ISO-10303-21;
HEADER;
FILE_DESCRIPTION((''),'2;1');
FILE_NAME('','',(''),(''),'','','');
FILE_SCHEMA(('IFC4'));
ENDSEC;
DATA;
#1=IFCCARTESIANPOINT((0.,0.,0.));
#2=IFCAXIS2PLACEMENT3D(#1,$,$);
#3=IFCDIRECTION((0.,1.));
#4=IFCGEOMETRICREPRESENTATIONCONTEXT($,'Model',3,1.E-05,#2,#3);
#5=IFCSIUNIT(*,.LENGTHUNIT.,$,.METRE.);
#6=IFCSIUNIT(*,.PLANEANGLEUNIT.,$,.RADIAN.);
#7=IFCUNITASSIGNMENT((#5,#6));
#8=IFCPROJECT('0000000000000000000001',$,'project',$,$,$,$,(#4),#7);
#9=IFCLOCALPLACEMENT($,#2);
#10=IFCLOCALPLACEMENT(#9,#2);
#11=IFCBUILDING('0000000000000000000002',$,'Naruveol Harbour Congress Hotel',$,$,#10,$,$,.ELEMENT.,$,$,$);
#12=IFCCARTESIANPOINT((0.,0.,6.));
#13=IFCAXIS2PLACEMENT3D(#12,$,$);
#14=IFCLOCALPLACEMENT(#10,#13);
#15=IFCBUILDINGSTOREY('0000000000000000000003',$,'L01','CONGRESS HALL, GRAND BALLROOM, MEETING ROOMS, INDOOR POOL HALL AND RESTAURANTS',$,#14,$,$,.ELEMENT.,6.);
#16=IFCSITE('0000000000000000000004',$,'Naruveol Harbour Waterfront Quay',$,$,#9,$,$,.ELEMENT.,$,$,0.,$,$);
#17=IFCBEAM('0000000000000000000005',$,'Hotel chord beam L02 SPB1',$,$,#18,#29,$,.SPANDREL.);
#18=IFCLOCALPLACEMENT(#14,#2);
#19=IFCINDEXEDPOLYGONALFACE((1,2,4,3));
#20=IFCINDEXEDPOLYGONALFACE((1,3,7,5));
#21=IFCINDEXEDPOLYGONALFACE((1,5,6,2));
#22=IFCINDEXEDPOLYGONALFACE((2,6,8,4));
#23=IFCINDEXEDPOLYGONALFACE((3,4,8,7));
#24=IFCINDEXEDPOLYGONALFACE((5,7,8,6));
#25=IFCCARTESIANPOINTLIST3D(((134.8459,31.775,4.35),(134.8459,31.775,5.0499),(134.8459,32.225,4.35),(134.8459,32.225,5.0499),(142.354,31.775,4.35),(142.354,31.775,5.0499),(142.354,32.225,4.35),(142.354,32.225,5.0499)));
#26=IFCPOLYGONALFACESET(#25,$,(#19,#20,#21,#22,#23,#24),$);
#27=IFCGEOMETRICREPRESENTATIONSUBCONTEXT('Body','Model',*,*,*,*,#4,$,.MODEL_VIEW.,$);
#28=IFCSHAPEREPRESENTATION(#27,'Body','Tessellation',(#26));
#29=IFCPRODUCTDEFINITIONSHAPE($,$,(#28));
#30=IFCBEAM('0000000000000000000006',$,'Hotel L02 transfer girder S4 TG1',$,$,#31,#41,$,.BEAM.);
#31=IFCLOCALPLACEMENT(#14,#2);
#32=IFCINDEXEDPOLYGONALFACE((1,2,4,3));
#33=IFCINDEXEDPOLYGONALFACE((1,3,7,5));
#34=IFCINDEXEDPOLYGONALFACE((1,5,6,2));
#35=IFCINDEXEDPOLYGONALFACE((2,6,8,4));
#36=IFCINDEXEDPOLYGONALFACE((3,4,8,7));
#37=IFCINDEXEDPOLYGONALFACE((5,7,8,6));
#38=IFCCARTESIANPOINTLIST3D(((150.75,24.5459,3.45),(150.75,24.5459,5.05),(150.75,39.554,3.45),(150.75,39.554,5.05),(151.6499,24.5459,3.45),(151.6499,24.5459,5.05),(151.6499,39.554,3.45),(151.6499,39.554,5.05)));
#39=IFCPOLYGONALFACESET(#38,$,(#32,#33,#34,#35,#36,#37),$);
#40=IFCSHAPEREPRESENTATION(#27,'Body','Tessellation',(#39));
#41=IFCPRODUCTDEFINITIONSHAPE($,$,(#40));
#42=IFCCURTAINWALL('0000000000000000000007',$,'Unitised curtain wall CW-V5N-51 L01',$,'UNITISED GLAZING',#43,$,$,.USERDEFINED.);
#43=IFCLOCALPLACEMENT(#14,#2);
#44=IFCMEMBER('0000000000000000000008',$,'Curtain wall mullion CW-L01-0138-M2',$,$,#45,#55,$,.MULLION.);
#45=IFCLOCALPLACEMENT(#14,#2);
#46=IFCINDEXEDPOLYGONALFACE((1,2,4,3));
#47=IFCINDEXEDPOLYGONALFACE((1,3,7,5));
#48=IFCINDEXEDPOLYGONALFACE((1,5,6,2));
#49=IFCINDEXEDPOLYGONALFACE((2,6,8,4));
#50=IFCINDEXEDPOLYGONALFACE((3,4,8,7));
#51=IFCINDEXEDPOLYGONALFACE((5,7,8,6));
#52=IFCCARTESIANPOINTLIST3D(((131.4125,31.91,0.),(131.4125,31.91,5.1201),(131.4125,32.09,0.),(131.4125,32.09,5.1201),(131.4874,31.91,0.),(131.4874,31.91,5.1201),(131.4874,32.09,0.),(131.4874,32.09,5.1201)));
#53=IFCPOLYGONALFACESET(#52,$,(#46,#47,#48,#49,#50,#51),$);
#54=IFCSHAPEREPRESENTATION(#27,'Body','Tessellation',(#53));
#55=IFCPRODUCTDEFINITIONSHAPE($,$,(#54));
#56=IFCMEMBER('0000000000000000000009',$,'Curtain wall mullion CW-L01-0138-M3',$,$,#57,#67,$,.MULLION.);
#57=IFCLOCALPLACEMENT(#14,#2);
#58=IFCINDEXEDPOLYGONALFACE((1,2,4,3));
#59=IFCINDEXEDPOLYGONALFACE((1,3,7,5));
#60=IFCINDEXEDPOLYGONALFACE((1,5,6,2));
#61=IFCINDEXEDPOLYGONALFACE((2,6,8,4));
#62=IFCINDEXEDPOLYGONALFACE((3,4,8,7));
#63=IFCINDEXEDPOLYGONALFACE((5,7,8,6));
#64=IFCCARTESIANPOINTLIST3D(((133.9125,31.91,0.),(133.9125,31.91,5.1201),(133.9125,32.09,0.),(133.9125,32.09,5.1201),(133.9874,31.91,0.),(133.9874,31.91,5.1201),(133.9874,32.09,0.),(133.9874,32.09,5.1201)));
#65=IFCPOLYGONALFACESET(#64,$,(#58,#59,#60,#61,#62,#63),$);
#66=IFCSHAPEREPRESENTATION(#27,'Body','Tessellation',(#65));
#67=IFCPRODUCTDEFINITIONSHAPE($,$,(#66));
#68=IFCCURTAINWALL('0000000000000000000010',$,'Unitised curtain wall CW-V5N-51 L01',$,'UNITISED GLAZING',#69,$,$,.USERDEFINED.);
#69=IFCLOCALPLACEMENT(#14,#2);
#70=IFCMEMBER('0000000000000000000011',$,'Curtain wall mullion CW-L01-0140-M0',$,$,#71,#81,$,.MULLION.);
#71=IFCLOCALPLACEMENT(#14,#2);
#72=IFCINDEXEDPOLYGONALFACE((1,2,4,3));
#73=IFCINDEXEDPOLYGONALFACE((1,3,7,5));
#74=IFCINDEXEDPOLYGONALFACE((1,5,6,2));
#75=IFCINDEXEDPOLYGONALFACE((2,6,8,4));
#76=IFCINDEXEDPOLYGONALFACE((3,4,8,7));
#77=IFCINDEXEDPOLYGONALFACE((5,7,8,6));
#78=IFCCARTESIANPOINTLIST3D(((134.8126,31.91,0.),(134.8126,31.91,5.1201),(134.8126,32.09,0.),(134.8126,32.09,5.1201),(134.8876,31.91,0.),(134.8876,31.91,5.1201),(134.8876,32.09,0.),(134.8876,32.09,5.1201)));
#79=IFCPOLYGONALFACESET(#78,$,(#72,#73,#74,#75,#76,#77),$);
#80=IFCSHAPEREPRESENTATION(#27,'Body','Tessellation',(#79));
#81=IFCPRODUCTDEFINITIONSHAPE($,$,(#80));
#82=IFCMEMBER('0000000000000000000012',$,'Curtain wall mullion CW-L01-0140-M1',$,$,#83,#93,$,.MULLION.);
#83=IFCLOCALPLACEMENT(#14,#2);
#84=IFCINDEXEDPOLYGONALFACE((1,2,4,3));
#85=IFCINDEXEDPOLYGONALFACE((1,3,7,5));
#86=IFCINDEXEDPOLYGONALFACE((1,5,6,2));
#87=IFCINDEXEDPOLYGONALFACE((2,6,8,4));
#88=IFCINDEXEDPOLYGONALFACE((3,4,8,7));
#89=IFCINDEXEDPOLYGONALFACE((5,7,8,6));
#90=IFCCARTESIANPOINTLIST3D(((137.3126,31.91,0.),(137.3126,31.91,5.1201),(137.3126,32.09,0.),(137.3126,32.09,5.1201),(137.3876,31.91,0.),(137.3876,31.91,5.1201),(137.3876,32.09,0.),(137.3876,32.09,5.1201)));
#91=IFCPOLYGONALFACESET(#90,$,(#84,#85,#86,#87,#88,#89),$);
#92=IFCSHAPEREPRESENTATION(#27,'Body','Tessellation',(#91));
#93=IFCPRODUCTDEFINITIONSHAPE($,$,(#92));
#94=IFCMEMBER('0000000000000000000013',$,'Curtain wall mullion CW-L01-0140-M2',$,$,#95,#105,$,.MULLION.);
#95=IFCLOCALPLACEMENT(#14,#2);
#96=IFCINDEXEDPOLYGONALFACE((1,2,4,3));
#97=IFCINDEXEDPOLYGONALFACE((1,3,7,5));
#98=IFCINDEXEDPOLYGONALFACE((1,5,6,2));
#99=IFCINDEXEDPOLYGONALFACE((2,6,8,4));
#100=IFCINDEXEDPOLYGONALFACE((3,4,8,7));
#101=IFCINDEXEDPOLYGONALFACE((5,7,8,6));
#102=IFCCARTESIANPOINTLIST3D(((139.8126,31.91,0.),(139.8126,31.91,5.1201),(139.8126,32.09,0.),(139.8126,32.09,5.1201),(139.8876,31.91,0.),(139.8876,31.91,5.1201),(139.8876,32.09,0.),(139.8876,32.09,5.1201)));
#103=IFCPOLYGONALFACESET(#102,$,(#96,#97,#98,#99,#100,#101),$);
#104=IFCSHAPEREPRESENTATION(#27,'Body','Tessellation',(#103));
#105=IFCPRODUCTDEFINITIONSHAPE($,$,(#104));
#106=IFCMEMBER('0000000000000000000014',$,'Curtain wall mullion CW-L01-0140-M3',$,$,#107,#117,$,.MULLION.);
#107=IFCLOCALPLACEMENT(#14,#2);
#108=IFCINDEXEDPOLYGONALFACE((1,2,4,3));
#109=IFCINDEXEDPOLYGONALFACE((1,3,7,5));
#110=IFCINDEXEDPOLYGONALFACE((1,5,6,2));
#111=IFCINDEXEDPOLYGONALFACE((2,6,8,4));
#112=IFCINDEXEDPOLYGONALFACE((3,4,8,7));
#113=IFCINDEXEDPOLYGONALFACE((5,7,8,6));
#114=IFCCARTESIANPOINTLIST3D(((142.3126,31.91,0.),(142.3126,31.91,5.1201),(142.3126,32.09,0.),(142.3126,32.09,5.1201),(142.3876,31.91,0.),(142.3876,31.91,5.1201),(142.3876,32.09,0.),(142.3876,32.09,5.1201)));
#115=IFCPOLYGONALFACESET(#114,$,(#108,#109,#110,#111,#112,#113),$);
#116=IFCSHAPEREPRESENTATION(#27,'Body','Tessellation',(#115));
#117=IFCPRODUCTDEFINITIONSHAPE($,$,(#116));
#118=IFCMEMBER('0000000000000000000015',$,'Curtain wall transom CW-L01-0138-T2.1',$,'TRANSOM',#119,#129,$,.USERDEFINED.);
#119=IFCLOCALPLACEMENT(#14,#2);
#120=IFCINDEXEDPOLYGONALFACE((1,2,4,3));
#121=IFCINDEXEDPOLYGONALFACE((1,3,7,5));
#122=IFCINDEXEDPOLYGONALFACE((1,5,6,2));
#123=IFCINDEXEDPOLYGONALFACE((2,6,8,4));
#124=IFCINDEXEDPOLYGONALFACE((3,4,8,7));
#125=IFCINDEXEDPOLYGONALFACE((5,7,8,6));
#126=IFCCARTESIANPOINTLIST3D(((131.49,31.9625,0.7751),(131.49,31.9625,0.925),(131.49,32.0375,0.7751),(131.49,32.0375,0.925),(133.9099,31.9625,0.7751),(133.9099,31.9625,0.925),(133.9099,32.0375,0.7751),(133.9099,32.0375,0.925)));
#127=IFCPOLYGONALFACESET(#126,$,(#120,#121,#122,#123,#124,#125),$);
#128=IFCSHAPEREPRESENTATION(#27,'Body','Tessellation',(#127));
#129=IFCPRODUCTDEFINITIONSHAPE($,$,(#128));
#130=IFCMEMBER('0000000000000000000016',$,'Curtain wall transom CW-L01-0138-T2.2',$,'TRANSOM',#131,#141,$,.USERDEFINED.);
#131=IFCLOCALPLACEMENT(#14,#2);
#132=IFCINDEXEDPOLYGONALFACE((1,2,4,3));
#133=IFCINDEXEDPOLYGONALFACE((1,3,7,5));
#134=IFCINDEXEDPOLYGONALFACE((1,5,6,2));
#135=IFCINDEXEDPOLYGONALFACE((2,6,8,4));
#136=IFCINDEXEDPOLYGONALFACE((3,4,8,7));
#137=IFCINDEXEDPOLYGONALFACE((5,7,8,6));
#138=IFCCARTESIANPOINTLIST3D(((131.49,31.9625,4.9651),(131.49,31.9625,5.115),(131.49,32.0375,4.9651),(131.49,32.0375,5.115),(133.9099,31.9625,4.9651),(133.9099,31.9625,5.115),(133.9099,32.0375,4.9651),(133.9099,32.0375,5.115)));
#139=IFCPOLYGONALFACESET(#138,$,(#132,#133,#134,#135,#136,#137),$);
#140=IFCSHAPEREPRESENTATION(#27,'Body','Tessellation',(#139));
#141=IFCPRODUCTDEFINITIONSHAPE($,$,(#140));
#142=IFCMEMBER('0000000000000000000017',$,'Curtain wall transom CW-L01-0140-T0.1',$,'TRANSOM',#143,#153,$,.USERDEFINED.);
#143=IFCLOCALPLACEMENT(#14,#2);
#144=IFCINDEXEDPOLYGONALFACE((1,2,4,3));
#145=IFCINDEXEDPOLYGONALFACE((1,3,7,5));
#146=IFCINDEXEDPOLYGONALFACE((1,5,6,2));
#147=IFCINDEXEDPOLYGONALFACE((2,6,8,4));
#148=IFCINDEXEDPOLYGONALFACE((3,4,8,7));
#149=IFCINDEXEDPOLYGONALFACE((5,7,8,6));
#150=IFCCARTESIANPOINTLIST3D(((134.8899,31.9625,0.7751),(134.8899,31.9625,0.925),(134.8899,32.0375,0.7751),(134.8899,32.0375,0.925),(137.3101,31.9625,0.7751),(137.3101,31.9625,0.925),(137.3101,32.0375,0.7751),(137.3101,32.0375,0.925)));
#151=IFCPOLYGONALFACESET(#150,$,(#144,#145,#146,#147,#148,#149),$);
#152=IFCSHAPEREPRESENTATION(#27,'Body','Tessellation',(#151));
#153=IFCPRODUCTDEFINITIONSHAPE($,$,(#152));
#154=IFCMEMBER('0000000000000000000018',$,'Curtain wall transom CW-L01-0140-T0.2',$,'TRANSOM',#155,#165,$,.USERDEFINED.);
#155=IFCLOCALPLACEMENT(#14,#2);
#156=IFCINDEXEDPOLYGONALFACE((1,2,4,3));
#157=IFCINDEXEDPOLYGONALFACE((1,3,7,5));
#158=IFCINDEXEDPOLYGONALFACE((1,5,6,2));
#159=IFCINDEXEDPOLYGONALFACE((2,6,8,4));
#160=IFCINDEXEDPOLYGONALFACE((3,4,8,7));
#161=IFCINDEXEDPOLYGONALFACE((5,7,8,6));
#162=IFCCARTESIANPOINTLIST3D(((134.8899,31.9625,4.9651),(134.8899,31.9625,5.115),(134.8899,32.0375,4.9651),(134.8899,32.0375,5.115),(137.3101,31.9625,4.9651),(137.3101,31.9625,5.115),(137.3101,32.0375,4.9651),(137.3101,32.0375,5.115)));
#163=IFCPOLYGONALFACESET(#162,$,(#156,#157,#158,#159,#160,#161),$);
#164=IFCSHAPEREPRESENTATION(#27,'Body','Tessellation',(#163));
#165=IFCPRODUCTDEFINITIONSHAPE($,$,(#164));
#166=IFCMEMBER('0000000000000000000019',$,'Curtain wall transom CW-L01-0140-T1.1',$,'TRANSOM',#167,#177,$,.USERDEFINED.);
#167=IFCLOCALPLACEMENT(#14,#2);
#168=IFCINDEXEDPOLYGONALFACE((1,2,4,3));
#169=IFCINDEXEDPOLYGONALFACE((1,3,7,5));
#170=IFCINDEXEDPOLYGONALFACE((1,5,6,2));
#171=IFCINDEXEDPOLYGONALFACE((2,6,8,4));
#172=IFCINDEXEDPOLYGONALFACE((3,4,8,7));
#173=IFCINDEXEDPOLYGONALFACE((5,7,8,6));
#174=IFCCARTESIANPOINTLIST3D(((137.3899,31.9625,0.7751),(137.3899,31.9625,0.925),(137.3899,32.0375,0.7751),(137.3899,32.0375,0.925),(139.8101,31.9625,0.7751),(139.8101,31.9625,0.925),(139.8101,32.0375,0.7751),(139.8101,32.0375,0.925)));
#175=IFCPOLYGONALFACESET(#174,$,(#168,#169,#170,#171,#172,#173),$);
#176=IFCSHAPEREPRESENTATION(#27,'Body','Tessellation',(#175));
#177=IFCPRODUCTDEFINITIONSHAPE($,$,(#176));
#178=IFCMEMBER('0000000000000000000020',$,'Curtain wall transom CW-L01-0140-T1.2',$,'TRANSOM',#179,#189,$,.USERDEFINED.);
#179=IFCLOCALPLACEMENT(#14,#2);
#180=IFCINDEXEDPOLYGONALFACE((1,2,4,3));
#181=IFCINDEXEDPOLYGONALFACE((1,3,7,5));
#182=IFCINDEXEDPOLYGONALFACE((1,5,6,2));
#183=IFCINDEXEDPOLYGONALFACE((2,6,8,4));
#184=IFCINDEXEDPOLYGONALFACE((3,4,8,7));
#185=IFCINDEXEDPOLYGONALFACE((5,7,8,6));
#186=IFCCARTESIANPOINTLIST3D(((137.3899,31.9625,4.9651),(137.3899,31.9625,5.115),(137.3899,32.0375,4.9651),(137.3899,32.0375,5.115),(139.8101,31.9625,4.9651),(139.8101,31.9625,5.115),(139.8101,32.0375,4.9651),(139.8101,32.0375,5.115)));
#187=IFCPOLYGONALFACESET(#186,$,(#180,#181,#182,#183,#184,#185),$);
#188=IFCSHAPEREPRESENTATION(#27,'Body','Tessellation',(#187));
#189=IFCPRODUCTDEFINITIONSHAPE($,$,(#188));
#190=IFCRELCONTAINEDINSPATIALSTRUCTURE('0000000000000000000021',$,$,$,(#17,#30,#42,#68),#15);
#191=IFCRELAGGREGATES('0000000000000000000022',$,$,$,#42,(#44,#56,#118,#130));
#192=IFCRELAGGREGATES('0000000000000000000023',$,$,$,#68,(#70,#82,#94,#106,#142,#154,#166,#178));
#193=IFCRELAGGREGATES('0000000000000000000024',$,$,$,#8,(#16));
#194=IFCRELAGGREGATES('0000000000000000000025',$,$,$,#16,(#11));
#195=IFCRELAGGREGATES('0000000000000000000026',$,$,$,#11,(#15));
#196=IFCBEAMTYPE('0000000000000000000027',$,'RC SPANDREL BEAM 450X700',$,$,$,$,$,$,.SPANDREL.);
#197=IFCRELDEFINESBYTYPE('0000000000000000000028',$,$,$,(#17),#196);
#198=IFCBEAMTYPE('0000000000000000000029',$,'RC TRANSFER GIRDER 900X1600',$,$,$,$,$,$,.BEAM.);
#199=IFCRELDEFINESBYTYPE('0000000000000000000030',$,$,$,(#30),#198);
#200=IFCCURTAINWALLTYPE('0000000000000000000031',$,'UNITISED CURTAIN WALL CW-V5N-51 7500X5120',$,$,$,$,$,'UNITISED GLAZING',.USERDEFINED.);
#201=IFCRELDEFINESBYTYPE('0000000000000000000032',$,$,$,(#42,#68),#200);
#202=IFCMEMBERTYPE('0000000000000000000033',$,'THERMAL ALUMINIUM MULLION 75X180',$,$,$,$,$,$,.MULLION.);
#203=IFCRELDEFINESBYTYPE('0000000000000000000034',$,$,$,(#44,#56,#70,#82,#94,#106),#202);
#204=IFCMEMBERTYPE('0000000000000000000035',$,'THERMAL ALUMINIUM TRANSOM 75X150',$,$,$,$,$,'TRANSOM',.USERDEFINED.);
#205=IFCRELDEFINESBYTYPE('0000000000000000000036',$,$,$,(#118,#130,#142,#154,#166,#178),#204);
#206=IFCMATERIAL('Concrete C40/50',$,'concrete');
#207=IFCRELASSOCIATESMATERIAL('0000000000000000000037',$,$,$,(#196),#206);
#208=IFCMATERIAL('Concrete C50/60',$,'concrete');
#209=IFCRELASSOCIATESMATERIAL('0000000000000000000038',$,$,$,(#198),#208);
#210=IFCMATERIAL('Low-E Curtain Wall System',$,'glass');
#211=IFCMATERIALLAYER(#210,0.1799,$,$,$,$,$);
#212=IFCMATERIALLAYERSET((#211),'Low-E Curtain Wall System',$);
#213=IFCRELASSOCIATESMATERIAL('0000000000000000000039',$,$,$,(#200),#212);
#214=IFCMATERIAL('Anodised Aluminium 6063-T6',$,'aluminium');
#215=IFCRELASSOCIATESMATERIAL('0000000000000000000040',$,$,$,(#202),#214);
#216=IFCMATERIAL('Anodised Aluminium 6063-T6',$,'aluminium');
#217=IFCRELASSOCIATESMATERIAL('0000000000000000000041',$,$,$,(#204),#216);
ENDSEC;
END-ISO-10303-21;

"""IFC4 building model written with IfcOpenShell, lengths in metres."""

from ifc_helpers import new_model, si_unit, direction, frame, origin, origin_2d, place, context, subcontext, project, spatial, rectangle, extrude, material, layer, layer_set, material_profile, profile_set, type_object, element, aggregate, save


model = new_model("IFC4")

# Units and contexts
model_context = context("Model", 3, precision=1e-05, world=origin(), true_north=direction((0.0, 1.0)))
body_context = subcontext(model_context, "Body", "Model", "MODEL_VIEW")
ifc_project = project(units=[si_unit("LENGTHUNIT", "METRE"), si_unit("PLANEANGLEUNIT", "RADIAN")], contexts=[model_context])

# Site, building, storey
site_placement = place(None, origin())
site = spatial("IfcSite", under=ifc_project, at=site_placement, Name="Naruveol Harbour Waterfront Quay", CompositionType="ELEMENT", RefElevation=0.0)
building_placement = place(site_placement, origin())
building = spatial("IfcBuilding", under=site, at=building_placement, Name="Naruveol Harbour Congress Hotel", CompositionType="ELEMENT")
storey_placement = place(building_placement, frame((0.0, 0.0, 6.0)))
storey = spatial("IfcBuildingStorey", under=building, at=storey_placement, Name="L01", Description="CONGRESS HALL, GRAND BALLROOM, MEETING ROOMS, INDOOR POOL HALL AND RESTAURANTS", CompositionType="ELEMENT", Elevation=6.0)

# Beams
ifc_material_1 = material(Name="Concrete C40/50", Category="concrete")
ifc_material_profile_1 = material_profile(ifc_material_1, rectangle(XDim=0.45, YDim=0.7, at=origin_2d()), Name="RCB-450x700")
ifc_profile_set_1 = profile_set([ifc_material_profile_1], Name="Concrete C40/50")
beam_type_1 = type_object("IfcBeamType", Name="RC SPANDREL BEAM 450X700", PredefinedType="SPANDREL", material=ifc_profile_set_1)
beam_1_placement = place(storey_placement, frame((134.8459, 32.0, 4.7), z_axis=(1.0, 0.0, 0.0), x_axis=(0.0, 1.0, 0.0)))
element("IfcBeam", 1, at=beam_1_placement, inside=storey, type_object=beam_type_1, Name="Hotel chord beam L02 SPB1", PredefinedType="SPANDREL", context=body_context, shape_type="SweptSolid", body=[
    extrude(rectangle(XDim=0.45, YDim=0.7, at=origin_2d()), origin(), (0.0, 0.0, 1.0), 7.5081),
])
ifc_material_2 = material(Name="Concrete C50/60", Category="concrete")
ifc_material_profile_2 = material_profile(ifc_material_2, rectangle(XDim=0.8999, YDim=1.6001, at=origin_2d()), Name="RCB-900x1600")
ifc_profile_set_2 = profile_set([ifc_material_profile_2], Name="Concrete C50/60")
beam_type_2 = type_object("IfcBeamType", Name="RC TRANSFER GIRDER 900X1600", PredefinedType="BEAM", material=ifc_profile_set_2)
beam_2_placement = place(storey_placement, frame((151.2, 24.5459, 4.25), z_axis=(0.0, 1.0, 0.0), x_axis=(-1.0, 0.0, 0.0)))
element("IfcBeam", 2, at=beam_2_placement, inside=storey, type_object=beam_type_2, Name="Hotel L02 transfer girder S4 TG1", PredefinedType="BEAM", context=body_context, shape_type="SweptSolid", body=[
    extrude(rectangle(XDim=0.8999, YDim=1.6001, at=origin_2d()), origin(), (0.0, 0.0, 1.0), 15.0081),
])

# Curtain walls, members
ifc_material_3 = material(Name="Low-E Curtain Wall System", Category="glass")
ifc_layer_1 = layer(ifc_material_3, 0.1799)
ifc_layer_set_1 = layer_set([ifc_layer_1], Name="Low-E Curtain Wall System")
curtain_wall_type = type_object("IfcCurtainWallType", Name="UNITISED CURTAIN WALL CW-V5N-51 7500X5120", ElementType="UNITISED GLAZING", PredefinedType="USERDEFINED", material=ifc_layer_set_1)
curtain_wall_1_placement = place(storey_placement, origin())
curtain_wall_1 = element("IfcCurtainWall", 3, at=curtain_wall_1_placement, inside=storey, type_object=curtain_wall_type, Name="Unitised curtain wall CW-V5N-51 L01", ObjectType="UNITISED GLAZING", PredefinedType="USERDEFINED")
ifc_material_4 = material(Name="Anodised Aluminium 6063-T6", Category="aluminium")
ifc_material_profile_3 = material_profile(ifc_material_4, rectangle(XDim=0.075, YDim=0.1799, at=origin_2d()), Name="ALU-75x180")
ifc_profile_set_3 = profile_set([ifc_material_profile_3], Name="Anodised Aluminium 6063-T6")
member_type_1 = type_object("IfcMemberType", Name="THERMAL ALUMINIUM MULLION 75X180", PredefinedType="MULLION", material=ifc_profile_set_3)
member_1_placement = place(storey_placement, frame((131.45, 32.0, 0.0), z_axis=(0.0, 0.0, 1.0), x_axis=(1.0, 0.0, 0.0)))
member_1 = element("IfcMember", 4, at=member_1_placement, type_object=member_type_1, Name="Curtain wall mullion CW-L01-0138-M2", PredefinedType="MULLION", context=body_context, shape_type="SweptSolid", body=[
    extrude(rectangle(XDim=0.075, YDim=0.1799, at=origin_2d()), origin(), (0.0, 0.0, 1.0), 5.1201),
])
member_2_placement = place(storey_placement, frame((133.95, 32.0, 0.0), z_axis=(0.0, 0.0, 1.0), x_axis=(1.0, 0.0, 0.0)))
member_2 = element("IfcMember", 5, at=member_2_placement, type_object=member_type_1, Name="Curtain wall mullion CW-L01-0138-M3", PredefinedType="MULLION", context=body_context, shape_type="SweptSolid", body=[
    extrude(rectangle(XDim=0.075, YDim=0.1799, at=origin_2d()), origin(), (0.0, 0.0, 1.0), 5.1201),
])
curtain_wall_2_placement = place(storey_placement, origin())
curtain_wall_2 = element("IfcCurtainWall", 6, at=curtain_wall_2_placement, inside=storey, type_object=curtain_wall_type, Name="Unitised curtain wall CW-V5N-51 L01", ObjectType="UNITISED GLAZING", PredefinedType="USERDEFINED")
member_3_placement = place(storey_placement, frame((134.8501, 32.0, 0.0), z_axis=(0.0, 0.0, 1.0), x_axis=(1.0, 0.0, 0.0)))
member_3 = element("IfcMember", 7, at=member_3_placement, type_object=member_type_1, Name="Curtain wall mullion CW-L01-0140-M0", PredefinedType="MULLION", context=body_context, shape_type="SweptSolid", body=[
    extrude(rectangle(XDim=0.075, YDim=0.1799, at=origin_2d()), origin(), (0.0, 0.0, 1.0), 5.1201),
])
member_4_placement = place(storey_placement, frame((137.3501, 32.0, 0.0), z_axis=(0.0, 0.0, 1.0), x_axis=(1.0, 0.0, 0.0)))
member_4 = element("IfcMember", 8, at=member_4_placement, type_object=member_type_1, Name="Curtain wall mullion CW-L01-0140-M1", PredefinedType="MULLION", context=body_context, shape_type="SweptSolid", body=[
    extrude(rectangle(XDim=0.075, YDim=0.1799, at=origin_2d()), origin(), (0.0, 0.0, 1.0), 5.1201),
])
member_5_placement = place(storey_placement, frame((139.8501, 32.0, 0.0), z_axis=(0.0, 0.0, 1.0), x_axis=(1.0, 0.0, 0.0)))
member_5 = element("IfcMember", 9, at=member_5_placement, type_object=member_type_1, Name="Curtain wall mullion CW-L01-0140-M2", PredefinedType="MULLION", context=body_context, shape_type="SweptSolid", body=[
    extrude(rectangle(XDim=0.075, YDim=0.1799, at=origin_2d()), origin(), (0.0, 0.0, 1.0), 5.1201),
])
member_6_placement = place(storey_placement, frame((142.3501, 32.0, 0.0), z_axis=(0.0, 0.0, 1.0), x_axis=(1.0, 0.0, 0.0)))
member_6 = element("IfcMember", 10, at=member_6_placement, type_object=member_type_1, Name="Curtain wall mullion CW-L01-0140-M3", PredefinedType="MULLION", context=body_context, shape_type="SweptSolid", body=[
    extrude(rectangle(XDim=0.075, YDim=0.1799, at=origin_2d()), origin(), (0.0, 0.0, 1.0), 5.1201),
])

# Members
ifc_material_5 = material(Name="Anodised Aluminium 6063-T6", Category="aluminium")
ifc_material_profile_4 = material_profile(ifc_material_5, rectangle(XDim=0.075, YDim=0.1499, at=origin_2d()), Name="ALU-75x150")
ifc_profile_set_4 = profile_set([ifc_material_profile_4], Name="Anodised Aluminium 6063-T6")
member_type_2 = type_object("IfcMemberType", Name="THERMAL ALUMINIUM TRANSOM 75X150", ElementType="TRANSOM", PredefinedType="USERDEFINED", material=ifc_profile_set_4)
member_7_placement = place(storey_placement, frame((131.49, 32.0, 0.8501), z_axis=(1.0, 0.0, 0.0), x_axis=(0.0, 1.0, 0.0)))
member_7 = element("IfcMember", 11, at=member_7_placement, type_object=member_type_2, Name="Curtain wall transom CW-L01-0138-T2.1", ObjectType="TRANSOM", PredefinedType="USERDEFINED", context=body_context, shape_type="SweptSolid", body=[
    extrude(rectangle(XDim=0.075, YDim=0.1499, at=origin_2d()), origin(), (0.0, 0.0, 1.0), 2.4199),
])
member_8_placement = place(storey_placement, frame((131.49, 32.0, 5.04), z_axis=(1.0, 0.0, 0.0), x_axis=(0.0, 1.0, 0.0)))
member_8 = element("IfcMember", 12, at=member_8_placement, type_object=member_type_2, Name="Curtain wall transom CW-L01-0138-T2.2", ObjectType="TRANSOM", PredefinedType="USERDEFINED", context=body_context, shape_type="SweptSolid", body=[
    extrude(rectangle(XDim=0.075, YDim=0.1499, at=origin_2d()), origin(), (0.0, 0.0, 1.0), 2.4199),
])
aggregate(curtain_wall_1, [member_1, member_2, member_7, member_8])
member_9_placement = place(storey_placement, frame((134.8899, 32.0, 0.8501), z_axis=(1.0, 0.0, 0.0), x_axis=(0.0, 1.0, 0.0)))
member_9 = element("IfcMember", 13, at=member_9_placement, type_object=member_type_2, Name="Curtain wall transom CW-L01-0140-T0.1", ObjectType="TRANSOM", PredefinedType="USERDEFINED", context=body_context, shape_type="SweptSolid", body=[
    extrude(rectangle(XDim=0.075, YDim=0.1499, at=origin_2d()), origin(), (0.0, 0.0, 1.0), 2.4202),
])
member_10_placement = place(storey_placement, frame((134.8899, 32.0, 5.04), z_axis=(1.0, 0.0, 0.0), x_axis=(0.0, 1.0, 0.0)))
member_10 = element("IfcMember", 14, at=member_10_placement, type_object=member_type_2, Name="Curtain wall transom CW-L01-0140-T0.2", ObjectType="TRANSOM", PredefinedType="USERDEFINED", context=body_context, shape_type="SweptSolid", body=[
    extrude(rectangle(XDim=0.075, YDim=0.1499, at=origin_2d()), origin(), (0.0, 0.0, 1.0), 2.4202),
])
member_11_placement = place(storey_placement, frame((137.3899, 32.0, 0.8501), z_axis=(1.0, 0.0, 0.0), x_axis=(0.0, 1.0, 0.0)))
member_11 = element("IfcMember", 15, at=member_11_placement, type_object=member_type_2, Name="Curtain wall transom CW-L01-0140-T1.1", ObjectType="TRANSOM", PredefinedType="USERDEFINED", context=body_context, shape_type="SweptSolid", body=[
    extrude(rectangle(XDim=0.075, YDim=0.1499, at=origin_2d()), origin(), (0.0, 0.0, 1.0), 2.4202),
])
member_12_placement = place(storey_placement, frame((137.3899, 32.0, 5.04), z_axis=(1.0, 0.0, 0.0), x_axis=(0.0, 1.0, 0.0)))
member_12 = element("IfcMember", 16, at=member_12_placement, type_object=member_type_2, Name="Curtain wall transom CW-L01-0140-T1.2", ObjectType="TRANSOM", PredefinedType="USERDEFINED", context=body_context, shape_type="SweptSolid", body=[
    extrude(rectangle(XDim=0.075, YDim=0.1499, at=origin_2d()), origin(), (0.0, 0.0, 1.0), 2.4202),
])
aggregate(curtain_wall_2, [member_3, member_4, member_5, member_6, member_9, member_10, member_11, member_12])

save(model, "model.ifc")
